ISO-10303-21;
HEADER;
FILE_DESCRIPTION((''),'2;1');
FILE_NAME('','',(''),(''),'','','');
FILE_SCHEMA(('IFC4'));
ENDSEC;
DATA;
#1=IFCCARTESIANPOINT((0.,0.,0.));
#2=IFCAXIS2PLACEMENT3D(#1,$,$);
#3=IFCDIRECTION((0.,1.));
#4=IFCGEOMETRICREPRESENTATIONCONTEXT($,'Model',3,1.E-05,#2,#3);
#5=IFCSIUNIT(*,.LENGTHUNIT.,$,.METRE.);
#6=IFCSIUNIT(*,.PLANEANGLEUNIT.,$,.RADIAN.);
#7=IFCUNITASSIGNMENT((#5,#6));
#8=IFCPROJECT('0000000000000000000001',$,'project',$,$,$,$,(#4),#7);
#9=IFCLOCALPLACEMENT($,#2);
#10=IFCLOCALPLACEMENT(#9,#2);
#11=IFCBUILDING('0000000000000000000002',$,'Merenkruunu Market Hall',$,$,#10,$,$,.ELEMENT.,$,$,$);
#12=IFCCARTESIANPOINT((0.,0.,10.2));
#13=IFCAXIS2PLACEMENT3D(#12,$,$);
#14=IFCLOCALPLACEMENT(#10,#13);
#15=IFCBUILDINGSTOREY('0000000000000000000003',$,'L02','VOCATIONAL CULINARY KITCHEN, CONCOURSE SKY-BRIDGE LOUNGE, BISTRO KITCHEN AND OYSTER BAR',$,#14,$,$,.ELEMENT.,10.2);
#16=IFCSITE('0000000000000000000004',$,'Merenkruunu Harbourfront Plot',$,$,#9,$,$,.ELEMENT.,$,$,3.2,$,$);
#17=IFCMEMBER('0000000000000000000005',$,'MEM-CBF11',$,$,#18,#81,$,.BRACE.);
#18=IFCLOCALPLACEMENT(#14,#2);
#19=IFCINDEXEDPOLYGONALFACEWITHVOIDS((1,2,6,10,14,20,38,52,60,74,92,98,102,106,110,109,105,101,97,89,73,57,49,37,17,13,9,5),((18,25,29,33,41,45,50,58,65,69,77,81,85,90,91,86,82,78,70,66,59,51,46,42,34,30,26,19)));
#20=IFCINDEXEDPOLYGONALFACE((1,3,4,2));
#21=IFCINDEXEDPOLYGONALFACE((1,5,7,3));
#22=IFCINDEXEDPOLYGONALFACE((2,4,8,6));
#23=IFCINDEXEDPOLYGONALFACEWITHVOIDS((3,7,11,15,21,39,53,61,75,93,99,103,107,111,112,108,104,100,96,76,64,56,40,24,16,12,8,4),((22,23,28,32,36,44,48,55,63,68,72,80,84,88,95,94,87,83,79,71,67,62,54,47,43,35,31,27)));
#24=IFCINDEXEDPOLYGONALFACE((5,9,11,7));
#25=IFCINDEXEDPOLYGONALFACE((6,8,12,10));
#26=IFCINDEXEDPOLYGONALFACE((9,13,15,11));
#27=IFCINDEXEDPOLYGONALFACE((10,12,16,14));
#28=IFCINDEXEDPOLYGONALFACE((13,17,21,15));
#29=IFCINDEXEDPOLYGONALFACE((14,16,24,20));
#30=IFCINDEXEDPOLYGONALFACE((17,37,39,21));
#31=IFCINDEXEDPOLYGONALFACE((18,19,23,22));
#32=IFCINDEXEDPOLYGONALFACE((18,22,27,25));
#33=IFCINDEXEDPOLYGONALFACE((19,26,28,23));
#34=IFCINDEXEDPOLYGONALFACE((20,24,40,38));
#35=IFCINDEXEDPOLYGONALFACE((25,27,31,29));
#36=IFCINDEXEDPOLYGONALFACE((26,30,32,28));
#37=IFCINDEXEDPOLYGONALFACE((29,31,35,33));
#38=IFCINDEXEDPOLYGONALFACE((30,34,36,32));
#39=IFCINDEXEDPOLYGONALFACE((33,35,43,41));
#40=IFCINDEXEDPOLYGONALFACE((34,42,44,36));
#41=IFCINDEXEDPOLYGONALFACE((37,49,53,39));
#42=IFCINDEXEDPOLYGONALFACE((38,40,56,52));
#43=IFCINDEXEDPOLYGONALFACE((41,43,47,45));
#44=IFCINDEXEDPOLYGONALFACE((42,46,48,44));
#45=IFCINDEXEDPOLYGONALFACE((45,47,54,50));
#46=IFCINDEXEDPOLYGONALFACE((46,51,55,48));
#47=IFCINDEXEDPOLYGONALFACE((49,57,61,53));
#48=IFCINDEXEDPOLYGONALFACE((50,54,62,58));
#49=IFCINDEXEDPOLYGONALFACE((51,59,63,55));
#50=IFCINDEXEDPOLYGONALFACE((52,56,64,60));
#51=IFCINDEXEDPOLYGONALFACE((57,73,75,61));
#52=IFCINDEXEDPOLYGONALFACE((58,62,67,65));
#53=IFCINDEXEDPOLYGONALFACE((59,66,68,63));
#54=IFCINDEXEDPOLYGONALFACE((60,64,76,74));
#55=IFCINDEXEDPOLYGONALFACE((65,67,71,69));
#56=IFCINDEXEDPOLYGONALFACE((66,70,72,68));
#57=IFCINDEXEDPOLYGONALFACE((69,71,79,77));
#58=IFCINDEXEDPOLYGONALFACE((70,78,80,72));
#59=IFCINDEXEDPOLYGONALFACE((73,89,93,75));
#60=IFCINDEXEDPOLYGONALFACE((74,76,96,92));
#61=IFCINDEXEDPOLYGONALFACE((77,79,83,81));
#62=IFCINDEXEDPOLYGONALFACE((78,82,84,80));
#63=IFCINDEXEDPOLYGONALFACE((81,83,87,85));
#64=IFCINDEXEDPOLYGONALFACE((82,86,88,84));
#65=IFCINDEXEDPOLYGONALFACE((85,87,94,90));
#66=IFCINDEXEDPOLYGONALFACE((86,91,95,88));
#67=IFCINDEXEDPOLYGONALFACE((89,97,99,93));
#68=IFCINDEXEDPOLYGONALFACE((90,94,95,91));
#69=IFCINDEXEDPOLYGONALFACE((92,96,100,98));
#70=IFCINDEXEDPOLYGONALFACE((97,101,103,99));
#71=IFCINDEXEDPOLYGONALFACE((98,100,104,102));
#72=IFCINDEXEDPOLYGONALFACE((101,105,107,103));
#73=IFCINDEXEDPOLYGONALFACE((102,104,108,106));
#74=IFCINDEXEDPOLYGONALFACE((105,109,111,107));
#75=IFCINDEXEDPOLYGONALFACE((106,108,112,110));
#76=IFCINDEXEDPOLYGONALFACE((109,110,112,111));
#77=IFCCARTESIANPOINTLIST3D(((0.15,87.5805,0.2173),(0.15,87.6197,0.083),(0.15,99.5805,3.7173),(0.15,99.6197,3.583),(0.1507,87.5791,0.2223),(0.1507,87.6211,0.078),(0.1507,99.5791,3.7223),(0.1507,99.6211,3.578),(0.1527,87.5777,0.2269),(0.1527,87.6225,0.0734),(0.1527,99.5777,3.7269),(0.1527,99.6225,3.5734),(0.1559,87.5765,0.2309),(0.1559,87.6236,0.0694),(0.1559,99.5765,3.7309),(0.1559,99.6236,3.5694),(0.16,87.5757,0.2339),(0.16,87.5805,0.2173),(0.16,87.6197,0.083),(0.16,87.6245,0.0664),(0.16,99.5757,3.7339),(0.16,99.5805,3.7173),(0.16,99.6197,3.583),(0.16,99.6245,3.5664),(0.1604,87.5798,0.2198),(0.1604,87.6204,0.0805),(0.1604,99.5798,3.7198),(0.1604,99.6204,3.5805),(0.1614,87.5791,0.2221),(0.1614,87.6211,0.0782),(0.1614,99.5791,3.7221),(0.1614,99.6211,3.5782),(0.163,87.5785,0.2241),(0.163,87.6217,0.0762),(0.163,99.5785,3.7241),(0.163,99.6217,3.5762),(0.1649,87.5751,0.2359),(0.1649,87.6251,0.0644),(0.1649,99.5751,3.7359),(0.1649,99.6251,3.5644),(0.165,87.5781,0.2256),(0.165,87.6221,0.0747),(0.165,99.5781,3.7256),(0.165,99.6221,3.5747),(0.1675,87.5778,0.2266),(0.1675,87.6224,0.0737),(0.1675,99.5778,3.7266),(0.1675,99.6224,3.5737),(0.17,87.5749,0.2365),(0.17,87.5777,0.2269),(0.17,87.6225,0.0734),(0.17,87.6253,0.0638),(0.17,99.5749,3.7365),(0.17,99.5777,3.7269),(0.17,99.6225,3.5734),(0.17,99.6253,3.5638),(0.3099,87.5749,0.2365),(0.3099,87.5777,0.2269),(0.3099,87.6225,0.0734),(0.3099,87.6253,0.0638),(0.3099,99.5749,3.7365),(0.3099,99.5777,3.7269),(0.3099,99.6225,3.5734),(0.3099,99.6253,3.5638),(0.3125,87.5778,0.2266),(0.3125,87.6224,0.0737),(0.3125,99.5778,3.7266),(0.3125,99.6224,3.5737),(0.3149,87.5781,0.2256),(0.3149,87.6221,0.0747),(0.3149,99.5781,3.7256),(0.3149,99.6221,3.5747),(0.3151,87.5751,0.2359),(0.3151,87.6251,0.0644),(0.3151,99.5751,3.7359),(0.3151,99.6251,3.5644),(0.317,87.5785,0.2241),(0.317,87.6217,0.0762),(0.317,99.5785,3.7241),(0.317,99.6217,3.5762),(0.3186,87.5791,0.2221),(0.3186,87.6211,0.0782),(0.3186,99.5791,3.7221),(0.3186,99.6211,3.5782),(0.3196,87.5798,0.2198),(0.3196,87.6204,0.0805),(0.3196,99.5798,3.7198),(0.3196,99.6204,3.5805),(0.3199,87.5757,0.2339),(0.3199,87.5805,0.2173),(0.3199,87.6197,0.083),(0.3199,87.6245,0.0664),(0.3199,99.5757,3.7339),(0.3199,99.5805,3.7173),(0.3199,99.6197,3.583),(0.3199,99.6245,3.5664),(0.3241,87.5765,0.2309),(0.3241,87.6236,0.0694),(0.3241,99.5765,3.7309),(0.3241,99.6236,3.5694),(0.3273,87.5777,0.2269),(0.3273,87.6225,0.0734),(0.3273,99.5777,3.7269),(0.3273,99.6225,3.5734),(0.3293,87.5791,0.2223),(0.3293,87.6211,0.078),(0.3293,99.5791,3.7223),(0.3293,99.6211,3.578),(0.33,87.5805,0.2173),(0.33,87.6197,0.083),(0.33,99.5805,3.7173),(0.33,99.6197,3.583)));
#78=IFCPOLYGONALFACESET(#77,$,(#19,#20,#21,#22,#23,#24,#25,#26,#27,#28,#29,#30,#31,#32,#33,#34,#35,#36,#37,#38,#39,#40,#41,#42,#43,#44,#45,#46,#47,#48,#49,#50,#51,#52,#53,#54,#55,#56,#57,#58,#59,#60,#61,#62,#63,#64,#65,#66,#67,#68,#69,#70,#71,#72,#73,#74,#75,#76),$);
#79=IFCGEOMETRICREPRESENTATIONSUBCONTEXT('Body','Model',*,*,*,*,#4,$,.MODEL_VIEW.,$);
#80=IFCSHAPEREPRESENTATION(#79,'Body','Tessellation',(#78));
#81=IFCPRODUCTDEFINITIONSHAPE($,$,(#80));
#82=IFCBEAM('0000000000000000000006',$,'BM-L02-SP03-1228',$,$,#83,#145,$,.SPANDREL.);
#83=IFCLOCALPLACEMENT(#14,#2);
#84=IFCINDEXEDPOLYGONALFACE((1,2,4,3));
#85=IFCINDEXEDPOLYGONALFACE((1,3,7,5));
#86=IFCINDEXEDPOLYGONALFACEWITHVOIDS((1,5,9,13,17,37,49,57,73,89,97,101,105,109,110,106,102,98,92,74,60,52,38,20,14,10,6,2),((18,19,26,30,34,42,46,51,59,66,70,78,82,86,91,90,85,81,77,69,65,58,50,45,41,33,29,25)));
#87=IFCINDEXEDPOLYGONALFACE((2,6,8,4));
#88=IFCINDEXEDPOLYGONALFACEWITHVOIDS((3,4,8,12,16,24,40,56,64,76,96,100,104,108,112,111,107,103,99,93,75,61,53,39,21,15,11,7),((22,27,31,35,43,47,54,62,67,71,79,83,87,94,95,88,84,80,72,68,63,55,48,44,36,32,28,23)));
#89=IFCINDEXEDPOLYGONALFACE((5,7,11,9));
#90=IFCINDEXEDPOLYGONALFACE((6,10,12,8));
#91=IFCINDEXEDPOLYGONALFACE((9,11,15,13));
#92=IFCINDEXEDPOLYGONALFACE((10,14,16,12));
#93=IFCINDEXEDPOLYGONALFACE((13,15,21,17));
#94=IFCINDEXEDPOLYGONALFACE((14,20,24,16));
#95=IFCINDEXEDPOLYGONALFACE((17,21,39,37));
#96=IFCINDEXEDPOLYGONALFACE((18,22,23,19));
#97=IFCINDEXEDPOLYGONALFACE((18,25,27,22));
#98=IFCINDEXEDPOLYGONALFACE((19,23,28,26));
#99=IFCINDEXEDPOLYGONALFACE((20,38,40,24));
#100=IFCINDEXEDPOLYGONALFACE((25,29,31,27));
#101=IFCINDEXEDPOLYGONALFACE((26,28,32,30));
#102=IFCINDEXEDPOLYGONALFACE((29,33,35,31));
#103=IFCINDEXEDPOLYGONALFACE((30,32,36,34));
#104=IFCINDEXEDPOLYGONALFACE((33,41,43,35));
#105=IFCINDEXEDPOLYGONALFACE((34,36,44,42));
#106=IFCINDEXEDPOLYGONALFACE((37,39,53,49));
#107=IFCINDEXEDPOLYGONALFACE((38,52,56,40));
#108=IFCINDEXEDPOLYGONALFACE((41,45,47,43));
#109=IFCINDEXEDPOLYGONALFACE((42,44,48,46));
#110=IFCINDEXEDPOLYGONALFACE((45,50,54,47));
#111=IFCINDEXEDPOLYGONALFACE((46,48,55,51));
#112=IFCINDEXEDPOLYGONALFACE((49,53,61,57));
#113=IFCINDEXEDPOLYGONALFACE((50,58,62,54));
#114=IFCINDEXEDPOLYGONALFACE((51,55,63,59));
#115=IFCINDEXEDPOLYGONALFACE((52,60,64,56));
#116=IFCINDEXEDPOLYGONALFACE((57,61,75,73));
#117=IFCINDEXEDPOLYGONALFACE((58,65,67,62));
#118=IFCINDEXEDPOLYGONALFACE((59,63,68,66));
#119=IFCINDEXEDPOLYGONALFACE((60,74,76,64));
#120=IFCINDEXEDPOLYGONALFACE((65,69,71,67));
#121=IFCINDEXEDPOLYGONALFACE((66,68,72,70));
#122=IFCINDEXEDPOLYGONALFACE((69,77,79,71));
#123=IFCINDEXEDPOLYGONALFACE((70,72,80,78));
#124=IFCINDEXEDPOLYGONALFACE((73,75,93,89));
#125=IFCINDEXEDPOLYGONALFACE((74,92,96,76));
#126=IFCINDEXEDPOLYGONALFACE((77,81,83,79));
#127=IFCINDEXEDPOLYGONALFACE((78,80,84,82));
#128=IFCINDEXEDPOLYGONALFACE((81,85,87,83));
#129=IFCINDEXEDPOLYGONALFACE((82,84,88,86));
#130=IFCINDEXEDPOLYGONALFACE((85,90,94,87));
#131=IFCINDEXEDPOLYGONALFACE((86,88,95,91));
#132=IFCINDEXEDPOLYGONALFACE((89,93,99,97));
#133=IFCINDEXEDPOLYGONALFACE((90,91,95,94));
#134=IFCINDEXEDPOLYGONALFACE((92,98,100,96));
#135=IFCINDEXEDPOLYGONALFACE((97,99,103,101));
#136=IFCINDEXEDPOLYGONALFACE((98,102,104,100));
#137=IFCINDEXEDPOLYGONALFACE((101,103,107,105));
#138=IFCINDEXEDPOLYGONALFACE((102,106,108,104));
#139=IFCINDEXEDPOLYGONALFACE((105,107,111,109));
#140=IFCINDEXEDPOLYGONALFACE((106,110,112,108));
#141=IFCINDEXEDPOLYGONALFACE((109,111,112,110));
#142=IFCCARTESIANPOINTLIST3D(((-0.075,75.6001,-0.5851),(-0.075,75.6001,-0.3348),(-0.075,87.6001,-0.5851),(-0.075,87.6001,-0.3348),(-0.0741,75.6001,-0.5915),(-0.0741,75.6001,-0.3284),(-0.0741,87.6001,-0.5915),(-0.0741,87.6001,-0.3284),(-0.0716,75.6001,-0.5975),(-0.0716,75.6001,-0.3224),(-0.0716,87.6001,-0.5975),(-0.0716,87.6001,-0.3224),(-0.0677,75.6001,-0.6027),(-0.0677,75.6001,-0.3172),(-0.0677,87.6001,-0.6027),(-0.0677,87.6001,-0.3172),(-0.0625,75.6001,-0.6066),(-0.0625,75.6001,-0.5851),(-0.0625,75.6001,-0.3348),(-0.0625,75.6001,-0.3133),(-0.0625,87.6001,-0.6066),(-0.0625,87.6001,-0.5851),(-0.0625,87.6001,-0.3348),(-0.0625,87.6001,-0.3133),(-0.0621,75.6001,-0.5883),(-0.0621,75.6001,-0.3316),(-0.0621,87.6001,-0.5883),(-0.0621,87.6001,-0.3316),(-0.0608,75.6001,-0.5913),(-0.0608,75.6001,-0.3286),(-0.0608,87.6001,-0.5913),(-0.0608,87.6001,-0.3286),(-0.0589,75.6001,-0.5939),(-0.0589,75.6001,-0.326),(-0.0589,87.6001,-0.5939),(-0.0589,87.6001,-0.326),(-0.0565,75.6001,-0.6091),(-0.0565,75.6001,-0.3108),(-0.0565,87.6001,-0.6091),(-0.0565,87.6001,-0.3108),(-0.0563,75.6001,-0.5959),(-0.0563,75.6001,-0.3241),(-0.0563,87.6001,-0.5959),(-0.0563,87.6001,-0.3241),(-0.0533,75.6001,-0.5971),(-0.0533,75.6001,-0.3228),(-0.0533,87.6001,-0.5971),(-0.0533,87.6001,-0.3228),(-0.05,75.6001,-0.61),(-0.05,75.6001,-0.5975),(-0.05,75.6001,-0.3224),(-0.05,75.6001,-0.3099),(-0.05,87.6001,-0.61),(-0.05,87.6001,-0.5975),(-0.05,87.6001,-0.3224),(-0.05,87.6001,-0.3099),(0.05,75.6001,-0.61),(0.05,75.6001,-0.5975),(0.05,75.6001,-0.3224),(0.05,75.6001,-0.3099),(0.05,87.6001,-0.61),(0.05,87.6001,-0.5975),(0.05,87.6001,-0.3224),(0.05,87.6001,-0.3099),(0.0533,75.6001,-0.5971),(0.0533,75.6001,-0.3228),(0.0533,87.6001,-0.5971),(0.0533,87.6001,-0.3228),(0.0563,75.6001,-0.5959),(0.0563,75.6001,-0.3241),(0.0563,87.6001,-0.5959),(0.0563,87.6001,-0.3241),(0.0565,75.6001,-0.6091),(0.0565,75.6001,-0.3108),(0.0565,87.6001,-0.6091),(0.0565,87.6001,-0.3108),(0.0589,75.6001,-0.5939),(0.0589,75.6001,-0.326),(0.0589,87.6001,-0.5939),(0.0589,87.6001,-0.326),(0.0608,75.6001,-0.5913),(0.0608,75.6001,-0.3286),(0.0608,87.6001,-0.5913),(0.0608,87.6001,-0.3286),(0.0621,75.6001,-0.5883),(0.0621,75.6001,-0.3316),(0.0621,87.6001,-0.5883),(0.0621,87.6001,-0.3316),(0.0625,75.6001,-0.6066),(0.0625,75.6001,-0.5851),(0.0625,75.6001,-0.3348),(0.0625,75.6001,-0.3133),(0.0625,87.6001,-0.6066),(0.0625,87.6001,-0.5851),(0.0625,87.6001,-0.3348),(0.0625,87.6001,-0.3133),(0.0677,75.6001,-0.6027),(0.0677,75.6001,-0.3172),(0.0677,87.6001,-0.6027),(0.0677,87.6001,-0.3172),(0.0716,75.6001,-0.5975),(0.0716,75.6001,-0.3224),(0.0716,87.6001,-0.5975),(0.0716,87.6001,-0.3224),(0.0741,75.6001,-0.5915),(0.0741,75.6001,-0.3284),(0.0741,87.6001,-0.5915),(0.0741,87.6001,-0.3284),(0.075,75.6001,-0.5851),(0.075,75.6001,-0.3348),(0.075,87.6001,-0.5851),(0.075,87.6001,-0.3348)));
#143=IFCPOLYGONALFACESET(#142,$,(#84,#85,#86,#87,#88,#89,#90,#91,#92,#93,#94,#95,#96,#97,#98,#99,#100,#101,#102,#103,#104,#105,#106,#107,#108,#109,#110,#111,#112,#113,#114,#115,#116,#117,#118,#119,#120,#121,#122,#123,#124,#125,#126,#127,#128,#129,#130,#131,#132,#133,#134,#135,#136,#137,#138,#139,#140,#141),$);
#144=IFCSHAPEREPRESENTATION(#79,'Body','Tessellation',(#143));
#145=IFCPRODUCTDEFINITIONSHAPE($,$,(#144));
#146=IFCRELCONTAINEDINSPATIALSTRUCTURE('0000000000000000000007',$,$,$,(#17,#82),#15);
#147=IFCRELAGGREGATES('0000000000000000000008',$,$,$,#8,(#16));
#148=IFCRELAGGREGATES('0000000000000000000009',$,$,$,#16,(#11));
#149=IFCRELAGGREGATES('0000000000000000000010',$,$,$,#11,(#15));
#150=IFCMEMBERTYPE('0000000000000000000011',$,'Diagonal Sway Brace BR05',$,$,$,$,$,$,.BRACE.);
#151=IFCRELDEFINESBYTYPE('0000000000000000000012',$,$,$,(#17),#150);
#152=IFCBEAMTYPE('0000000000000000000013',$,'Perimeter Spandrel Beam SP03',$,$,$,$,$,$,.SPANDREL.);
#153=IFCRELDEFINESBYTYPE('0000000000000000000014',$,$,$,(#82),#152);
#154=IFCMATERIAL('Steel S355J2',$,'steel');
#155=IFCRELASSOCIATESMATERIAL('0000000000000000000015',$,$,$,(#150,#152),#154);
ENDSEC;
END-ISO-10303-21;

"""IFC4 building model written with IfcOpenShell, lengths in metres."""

from ifc_helpers import new_model, si_unit, direction, frame, origin, origin_2d, place, context, subcontext, project, spatial, hollow_rectangle, extrude, material, material_profile, profile_set, type_object, element, save


model = new_model("IFC4")

# Units and contexts
model_context = context("Model", 3, precision=1e-05, world=origin(), true_north=direction((0.0, 1.0)))
body_context = subcontext(model_context, "Body", "Model", "MODEL_VIEW")
ifc_project = project(units=[si_unit("LENGTHUNIT", "METRE"), si_unit("PLANEANGLEUNIT", "RADIAN")], contexts=[model_context])

# Site, building, storey
site_placement = place(None, origin())
site = spatial("IfcSite", under=ifc_project, at=site_placement, Name="Merenkruunu Harbourfront Plot", CompositionType="ELEMENT", RefElevation=3.2)
building_placement = place(site_placement, origin())
building = spatial("IfcBuilding", under=site, at=building_placement, Name="Merenkruunu Market Hall", CompositionType="ELEMENT")
storey_placement = place(building_placement, frame((0.0, 0.0, 10.2)))
storey = spatial("IfcBuildingStorey", under=building, at=storey_placement, Name="L02", Description="VOCATIONAL CULINARY KITCHEN, CONCOURSE SKY-BRIDGE LOUNGE, BISTRO KITCHEN AND OYSTER BAR", CompositionType="ELEMENT", Elevation=10.2)

# Shared definitions
ifc_material_1 = material(Name="Steel S355J2", Category="steel")

# Member
ifc_material_profile_1 = material_profile(ifc_material_1, hollow_rectangle(XDim=0.1799, YDim=0.1799, WallThickness=0.01, InnerFilletRadius=0.01, OuterFilletRadius=0.02, at=origin_2d()), Name="SHS 180x180x10")
ifc_profile_set_1 = profile_set([ifc_material_profile_1], Name="Steel S355J2")
member_type_1 = type_object("IfcMemberType", Name="Diagonal Sway Brace BR05", PredefinedType="BRACE", material=ifc_profile_set_1)
member_1_placement = place(storey_placement, frame((0.24, 87.6001, 0.1501), z_axis=(0.0, 0.96, 0.28), x_axis=(-1.0, 0.0, 0.0)))
element("IfcMember", 1, at=member_1_placement, inside=storey, type_object=member_type_1, Name="MEM-CBF11", PredefinedType="BRACE", context=body_context, shape_type="SweptSolid", body=[
    extrude(hollow_rectangle(XDim=0.1799, YDim=0.1799, WallThickness=0.01, InnerFilletRadius=0.01, OuterFilletRadius=0.02, at=origin_2d()), origin(), (0.0, 0.0, 1.0), 12.5),
])

# Beam
ifc_material_profile_2 = material_profile(ifc_material_1, hollow_rectangle(XDim=0.1499, YDim=0.3, WallThickness=0.0125, InnerFilletRadius=0.0125, OuterFilletRadius=0.0249, at=origin_2d()), Name="RHS 300x150x12.5")
ifc_profile_set_2 = profile_set([ifc_material_profile_2], Name="Steel S355J2")
beam_type_1 = type_object("IfcBeamType", Name="Perimeter Spandrel Beam SP03", PredefinedType="SPANDREL", material=ifc_profile_set_2)
for number, where, z_axis, x_axis, name in (
    (2, (0.0, 75.6001, -0.46), (0.0, 1.0, 0.0), (-1.0, 0.0, 0.0), "BM-L02-SP03-1228"),
):
    element("IfcBeam", number, at=place(storey_placement, frame(where, z_axis=z_axis, x_axis=x_axis)), inside=storey, type_object=beam_type_1, Name=name, PredefinedType="SPANDREL", context=body_context, shape_type="SweptSolid", body=[
        extrude(hollow_rectangle(XDim=0.1499, YDim=0.3, WallThickness=0.0125, InnerFilletRadius=0.0125, OuterFilletRadius=0.0249, at=origin_2d()), origin(), (0.0, 0.0, 1.0), 12.0),
    ])

save(model, "model.ifc")
